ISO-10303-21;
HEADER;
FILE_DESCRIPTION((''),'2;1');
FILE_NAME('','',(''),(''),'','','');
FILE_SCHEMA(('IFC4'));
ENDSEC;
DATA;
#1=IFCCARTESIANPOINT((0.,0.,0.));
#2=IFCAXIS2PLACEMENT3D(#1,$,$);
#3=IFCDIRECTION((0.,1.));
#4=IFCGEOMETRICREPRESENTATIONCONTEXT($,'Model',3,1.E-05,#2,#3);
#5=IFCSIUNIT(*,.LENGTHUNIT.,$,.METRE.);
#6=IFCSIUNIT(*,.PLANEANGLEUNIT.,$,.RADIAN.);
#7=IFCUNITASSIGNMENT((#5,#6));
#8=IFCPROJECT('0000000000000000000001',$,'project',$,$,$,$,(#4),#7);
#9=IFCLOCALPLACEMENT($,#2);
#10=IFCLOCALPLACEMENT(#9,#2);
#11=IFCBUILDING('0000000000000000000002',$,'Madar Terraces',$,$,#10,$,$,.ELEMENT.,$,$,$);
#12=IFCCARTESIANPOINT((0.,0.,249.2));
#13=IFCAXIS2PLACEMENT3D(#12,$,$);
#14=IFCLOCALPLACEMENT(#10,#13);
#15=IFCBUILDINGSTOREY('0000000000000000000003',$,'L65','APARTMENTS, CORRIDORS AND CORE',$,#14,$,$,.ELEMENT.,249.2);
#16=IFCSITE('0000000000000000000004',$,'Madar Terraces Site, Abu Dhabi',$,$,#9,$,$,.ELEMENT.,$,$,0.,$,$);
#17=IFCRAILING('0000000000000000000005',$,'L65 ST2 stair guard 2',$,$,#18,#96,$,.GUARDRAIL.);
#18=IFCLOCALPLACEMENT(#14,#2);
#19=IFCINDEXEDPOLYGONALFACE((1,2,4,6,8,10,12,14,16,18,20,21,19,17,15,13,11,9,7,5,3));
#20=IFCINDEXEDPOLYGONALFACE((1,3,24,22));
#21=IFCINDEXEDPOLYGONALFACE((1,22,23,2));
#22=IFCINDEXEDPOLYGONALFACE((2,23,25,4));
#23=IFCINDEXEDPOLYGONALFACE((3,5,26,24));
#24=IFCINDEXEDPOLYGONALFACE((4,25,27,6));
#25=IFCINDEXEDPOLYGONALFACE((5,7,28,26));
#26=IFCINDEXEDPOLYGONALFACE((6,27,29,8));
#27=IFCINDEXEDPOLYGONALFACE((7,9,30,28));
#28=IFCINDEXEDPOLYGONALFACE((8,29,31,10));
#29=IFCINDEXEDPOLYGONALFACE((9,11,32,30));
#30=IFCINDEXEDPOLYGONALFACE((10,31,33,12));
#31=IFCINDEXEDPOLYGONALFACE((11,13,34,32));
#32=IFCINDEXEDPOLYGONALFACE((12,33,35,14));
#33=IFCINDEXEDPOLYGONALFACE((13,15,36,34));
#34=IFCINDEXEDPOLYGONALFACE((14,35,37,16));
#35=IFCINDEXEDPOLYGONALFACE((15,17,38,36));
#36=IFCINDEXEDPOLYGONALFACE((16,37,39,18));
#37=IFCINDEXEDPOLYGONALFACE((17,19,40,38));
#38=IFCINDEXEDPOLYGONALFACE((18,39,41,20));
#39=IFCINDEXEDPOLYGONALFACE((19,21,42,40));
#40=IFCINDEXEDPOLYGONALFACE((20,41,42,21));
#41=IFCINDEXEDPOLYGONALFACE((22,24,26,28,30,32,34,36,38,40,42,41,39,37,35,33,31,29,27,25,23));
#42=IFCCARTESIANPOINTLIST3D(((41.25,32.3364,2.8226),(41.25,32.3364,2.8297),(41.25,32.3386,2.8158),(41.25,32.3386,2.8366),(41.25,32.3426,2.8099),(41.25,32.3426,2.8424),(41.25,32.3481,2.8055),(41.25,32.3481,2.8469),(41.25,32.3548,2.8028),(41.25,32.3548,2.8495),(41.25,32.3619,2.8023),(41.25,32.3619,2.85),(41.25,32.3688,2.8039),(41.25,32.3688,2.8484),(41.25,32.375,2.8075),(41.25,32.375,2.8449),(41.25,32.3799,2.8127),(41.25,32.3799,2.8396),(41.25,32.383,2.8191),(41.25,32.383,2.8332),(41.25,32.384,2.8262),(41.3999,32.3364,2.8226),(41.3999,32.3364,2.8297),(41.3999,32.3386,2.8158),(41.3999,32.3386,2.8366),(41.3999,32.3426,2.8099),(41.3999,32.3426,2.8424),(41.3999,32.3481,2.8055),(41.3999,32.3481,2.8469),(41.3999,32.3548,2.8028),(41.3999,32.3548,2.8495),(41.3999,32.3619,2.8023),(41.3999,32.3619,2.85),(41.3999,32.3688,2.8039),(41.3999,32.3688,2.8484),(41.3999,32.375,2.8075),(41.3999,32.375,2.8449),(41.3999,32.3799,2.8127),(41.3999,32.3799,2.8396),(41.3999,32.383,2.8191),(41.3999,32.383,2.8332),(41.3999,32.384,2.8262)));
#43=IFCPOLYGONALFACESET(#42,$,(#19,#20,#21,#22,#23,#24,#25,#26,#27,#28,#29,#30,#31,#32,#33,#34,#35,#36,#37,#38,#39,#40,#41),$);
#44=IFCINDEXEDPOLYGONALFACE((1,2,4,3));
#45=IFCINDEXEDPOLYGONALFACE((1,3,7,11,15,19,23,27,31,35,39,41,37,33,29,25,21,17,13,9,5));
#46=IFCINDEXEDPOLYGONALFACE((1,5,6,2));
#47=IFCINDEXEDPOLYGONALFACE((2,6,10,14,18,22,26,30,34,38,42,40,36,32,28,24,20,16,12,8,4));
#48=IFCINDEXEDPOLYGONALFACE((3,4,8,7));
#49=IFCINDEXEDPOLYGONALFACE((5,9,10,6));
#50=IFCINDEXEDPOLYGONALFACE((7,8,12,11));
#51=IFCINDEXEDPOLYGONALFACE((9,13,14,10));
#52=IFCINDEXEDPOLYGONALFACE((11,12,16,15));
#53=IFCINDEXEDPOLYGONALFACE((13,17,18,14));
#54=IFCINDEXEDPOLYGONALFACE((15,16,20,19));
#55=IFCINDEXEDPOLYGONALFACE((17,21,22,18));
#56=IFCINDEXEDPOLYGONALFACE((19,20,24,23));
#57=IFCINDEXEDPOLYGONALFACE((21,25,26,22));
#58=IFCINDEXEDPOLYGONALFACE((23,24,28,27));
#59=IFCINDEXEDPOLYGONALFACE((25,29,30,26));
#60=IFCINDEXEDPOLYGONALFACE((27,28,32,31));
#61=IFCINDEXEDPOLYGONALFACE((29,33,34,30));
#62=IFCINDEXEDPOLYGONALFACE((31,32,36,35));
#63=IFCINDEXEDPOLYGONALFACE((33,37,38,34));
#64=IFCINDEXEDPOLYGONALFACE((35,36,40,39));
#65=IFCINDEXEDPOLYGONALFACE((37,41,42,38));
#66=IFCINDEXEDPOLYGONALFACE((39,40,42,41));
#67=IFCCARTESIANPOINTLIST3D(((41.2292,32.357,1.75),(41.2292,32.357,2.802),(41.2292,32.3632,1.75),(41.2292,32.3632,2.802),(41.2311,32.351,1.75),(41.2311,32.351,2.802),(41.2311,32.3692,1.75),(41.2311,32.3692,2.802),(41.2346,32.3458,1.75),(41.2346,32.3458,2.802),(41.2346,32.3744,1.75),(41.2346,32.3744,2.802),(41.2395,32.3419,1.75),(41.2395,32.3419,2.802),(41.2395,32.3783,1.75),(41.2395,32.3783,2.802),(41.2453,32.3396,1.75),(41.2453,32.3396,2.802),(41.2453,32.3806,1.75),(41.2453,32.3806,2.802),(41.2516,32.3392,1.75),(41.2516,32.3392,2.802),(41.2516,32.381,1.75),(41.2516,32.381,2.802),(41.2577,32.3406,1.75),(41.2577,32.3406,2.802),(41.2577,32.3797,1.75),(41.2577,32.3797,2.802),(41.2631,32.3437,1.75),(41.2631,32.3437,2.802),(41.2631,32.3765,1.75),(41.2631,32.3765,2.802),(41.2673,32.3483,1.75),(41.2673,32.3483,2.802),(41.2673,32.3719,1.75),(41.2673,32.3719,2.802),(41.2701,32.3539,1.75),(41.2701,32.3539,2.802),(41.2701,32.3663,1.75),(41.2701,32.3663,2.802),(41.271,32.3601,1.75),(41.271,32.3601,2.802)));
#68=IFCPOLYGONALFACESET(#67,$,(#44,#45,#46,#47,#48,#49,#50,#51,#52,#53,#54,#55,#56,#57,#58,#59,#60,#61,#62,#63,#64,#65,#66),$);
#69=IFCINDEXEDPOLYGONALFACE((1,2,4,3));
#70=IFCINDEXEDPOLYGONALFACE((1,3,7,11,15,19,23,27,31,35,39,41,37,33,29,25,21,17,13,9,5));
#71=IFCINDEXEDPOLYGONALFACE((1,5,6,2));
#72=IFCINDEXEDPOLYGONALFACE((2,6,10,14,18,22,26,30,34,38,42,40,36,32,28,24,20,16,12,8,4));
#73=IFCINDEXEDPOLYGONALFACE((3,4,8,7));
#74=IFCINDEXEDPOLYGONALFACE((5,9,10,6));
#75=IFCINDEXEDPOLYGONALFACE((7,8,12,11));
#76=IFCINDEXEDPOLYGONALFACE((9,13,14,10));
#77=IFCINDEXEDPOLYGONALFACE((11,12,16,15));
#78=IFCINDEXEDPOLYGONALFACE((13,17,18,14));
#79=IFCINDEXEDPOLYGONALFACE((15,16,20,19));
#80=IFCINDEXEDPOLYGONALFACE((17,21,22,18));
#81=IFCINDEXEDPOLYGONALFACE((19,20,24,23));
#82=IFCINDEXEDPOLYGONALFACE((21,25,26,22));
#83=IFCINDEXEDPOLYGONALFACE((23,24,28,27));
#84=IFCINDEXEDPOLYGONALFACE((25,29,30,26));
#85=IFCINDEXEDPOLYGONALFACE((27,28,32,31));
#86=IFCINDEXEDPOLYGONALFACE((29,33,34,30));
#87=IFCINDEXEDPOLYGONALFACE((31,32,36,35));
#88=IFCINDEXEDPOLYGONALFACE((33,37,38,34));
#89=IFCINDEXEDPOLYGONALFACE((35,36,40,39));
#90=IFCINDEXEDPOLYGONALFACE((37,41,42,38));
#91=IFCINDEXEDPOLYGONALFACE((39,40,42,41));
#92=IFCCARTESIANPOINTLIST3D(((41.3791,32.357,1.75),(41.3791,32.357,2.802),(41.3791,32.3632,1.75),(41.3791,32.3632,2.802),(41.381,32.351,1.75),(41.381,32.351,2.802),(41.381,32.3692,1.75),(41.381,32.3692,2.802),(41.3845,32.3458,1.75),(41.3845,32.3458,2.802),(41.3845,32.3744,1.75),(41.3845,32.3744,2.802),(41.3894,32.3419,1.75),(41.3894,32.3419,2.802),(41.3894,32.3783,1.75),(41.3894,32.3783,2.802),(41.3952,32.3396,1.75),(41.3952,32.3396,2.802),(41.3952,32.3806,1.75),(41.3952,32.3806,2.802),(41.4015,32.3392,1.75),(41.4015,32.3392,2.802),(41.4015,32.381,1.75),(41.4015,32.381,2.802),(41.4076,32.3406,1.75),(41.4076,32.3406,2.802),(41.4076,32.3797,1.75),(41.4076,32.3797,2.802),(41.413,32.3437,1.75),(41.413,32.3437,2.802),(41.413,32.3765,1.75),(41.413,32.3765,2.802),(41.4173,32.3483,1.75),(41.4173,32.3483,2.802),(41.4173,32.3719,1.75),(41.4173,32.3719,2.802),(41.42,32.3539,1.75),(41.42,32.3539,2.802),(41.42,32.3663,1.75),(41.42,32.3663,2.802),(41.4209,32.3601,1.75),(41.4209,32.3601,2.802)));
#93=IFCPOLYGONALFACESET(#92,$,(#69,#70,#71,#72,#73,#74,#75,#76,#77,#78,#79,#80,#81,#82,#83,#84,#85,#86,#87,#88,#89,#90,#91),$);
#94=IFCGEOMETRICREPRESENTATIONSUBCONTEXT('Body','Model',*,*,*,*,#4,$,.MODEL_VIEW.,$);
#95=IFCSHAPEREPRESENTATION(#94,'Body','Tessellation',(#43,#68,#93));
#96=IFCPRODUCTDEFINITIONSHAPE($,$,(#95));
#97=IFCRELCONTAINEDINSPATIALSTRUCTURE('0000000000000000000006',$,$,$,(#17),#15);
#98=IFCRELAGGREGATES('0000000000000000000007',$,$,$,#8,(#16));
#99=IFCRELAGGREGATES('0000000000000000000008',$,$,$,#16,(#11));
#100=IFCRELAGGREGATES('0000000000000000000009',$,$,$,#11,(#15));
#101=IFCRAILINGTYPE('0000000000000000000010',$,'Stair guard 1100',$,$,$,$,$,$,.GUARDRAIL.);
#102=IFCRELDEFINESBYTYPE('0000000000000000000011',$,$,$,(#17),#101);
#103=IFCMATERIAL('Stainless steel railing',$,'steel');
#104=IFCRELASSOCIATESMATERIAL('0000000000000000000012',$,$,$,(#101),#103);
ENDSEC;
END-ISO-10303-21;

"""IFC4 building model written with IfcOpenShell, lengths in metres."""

from ifc_helpers import new_model, si_unit, direction, frame, origin, origin_2d, place, context, subcontext, project, spatial, circle, extrude, material, type_object, element, save


model = new_model("IFC4")

# Units and contexts
model_context = context("Model", 3, precision=1e-05, world=origin(), true_north=direction((0.0, 1.0)))
body_context = subcontext(model_context, "Body", "Model", "MODEL_VIEW")
ifc_project = project(units=[si_unit("LENGTHUNIT", "METRE"), si_unit("PLANEANGLEUNIT", "RADIAN")], contexts=[model_context])

# Site, building, storey
site_placement = place(None, origin())
site = spatial("IfcSite", under=ifc_project, at=site_placement, Name="Madar Terraces Site, Abu Dhabi", CompositionType="ELEMENT", RefElevation=0.0)
building_placement = place(site_placement, origin())
building = spatial("IfcBuilding", under=site, at=building_placement, Name="Madar Terraces", CompositionType="ELEMENT")
storey_placement = place(building_placement, frame((0.0, 0.0, 249.2)))
storey = spatial("IfcBuildingStorey", under=building, at=storey_placement, Name="L65", Description="APARTMENTS, CORRIDORS AND CORE", CompositionType="ELEMENT", Elevation=249.2)

# Railing
ifc_material_1 = material(Name="Stainless steel railing", Category="steel")
railing_type_1 = type_object("IfcRailingType", Name="Stair guard 1100", PredefinedType="GUARDRAIL", material=ifc_material_1)
railing_1_placement = place(storey_placement, frame((41.25, 32.3601, 1.75)))
element("IfcRailing", 1, at=railing_1_placement, inside=storey, type_object=railing_type_1, Name="L65 ST2 stair guard 2", PredefinedType="GUARDRAIL", context=body_context, shape_type="SweptSolid", body=[
    extrude(circle(Radius=0.0239, at=origin_2d()), frame((0.0, 0.0, 1.0762), z_axis=(1.0, 0.0, 0.0), x_axis=(0.0, 1.0, 0.0)), (0.0, 0.0, 1.0), 0.1499),
    extrude(circle(Radius=0.021, at=origin_2d()), origin(), (0.0, 0.0, 1.0), 1.052),
    extrude(circle(Radius=0.021, at=origin_2d()), frame((0.1499, 0.0, 0.0)), (0.0, 0.0, 1.0), 1.052),
])

save(model, "model.ifc")
